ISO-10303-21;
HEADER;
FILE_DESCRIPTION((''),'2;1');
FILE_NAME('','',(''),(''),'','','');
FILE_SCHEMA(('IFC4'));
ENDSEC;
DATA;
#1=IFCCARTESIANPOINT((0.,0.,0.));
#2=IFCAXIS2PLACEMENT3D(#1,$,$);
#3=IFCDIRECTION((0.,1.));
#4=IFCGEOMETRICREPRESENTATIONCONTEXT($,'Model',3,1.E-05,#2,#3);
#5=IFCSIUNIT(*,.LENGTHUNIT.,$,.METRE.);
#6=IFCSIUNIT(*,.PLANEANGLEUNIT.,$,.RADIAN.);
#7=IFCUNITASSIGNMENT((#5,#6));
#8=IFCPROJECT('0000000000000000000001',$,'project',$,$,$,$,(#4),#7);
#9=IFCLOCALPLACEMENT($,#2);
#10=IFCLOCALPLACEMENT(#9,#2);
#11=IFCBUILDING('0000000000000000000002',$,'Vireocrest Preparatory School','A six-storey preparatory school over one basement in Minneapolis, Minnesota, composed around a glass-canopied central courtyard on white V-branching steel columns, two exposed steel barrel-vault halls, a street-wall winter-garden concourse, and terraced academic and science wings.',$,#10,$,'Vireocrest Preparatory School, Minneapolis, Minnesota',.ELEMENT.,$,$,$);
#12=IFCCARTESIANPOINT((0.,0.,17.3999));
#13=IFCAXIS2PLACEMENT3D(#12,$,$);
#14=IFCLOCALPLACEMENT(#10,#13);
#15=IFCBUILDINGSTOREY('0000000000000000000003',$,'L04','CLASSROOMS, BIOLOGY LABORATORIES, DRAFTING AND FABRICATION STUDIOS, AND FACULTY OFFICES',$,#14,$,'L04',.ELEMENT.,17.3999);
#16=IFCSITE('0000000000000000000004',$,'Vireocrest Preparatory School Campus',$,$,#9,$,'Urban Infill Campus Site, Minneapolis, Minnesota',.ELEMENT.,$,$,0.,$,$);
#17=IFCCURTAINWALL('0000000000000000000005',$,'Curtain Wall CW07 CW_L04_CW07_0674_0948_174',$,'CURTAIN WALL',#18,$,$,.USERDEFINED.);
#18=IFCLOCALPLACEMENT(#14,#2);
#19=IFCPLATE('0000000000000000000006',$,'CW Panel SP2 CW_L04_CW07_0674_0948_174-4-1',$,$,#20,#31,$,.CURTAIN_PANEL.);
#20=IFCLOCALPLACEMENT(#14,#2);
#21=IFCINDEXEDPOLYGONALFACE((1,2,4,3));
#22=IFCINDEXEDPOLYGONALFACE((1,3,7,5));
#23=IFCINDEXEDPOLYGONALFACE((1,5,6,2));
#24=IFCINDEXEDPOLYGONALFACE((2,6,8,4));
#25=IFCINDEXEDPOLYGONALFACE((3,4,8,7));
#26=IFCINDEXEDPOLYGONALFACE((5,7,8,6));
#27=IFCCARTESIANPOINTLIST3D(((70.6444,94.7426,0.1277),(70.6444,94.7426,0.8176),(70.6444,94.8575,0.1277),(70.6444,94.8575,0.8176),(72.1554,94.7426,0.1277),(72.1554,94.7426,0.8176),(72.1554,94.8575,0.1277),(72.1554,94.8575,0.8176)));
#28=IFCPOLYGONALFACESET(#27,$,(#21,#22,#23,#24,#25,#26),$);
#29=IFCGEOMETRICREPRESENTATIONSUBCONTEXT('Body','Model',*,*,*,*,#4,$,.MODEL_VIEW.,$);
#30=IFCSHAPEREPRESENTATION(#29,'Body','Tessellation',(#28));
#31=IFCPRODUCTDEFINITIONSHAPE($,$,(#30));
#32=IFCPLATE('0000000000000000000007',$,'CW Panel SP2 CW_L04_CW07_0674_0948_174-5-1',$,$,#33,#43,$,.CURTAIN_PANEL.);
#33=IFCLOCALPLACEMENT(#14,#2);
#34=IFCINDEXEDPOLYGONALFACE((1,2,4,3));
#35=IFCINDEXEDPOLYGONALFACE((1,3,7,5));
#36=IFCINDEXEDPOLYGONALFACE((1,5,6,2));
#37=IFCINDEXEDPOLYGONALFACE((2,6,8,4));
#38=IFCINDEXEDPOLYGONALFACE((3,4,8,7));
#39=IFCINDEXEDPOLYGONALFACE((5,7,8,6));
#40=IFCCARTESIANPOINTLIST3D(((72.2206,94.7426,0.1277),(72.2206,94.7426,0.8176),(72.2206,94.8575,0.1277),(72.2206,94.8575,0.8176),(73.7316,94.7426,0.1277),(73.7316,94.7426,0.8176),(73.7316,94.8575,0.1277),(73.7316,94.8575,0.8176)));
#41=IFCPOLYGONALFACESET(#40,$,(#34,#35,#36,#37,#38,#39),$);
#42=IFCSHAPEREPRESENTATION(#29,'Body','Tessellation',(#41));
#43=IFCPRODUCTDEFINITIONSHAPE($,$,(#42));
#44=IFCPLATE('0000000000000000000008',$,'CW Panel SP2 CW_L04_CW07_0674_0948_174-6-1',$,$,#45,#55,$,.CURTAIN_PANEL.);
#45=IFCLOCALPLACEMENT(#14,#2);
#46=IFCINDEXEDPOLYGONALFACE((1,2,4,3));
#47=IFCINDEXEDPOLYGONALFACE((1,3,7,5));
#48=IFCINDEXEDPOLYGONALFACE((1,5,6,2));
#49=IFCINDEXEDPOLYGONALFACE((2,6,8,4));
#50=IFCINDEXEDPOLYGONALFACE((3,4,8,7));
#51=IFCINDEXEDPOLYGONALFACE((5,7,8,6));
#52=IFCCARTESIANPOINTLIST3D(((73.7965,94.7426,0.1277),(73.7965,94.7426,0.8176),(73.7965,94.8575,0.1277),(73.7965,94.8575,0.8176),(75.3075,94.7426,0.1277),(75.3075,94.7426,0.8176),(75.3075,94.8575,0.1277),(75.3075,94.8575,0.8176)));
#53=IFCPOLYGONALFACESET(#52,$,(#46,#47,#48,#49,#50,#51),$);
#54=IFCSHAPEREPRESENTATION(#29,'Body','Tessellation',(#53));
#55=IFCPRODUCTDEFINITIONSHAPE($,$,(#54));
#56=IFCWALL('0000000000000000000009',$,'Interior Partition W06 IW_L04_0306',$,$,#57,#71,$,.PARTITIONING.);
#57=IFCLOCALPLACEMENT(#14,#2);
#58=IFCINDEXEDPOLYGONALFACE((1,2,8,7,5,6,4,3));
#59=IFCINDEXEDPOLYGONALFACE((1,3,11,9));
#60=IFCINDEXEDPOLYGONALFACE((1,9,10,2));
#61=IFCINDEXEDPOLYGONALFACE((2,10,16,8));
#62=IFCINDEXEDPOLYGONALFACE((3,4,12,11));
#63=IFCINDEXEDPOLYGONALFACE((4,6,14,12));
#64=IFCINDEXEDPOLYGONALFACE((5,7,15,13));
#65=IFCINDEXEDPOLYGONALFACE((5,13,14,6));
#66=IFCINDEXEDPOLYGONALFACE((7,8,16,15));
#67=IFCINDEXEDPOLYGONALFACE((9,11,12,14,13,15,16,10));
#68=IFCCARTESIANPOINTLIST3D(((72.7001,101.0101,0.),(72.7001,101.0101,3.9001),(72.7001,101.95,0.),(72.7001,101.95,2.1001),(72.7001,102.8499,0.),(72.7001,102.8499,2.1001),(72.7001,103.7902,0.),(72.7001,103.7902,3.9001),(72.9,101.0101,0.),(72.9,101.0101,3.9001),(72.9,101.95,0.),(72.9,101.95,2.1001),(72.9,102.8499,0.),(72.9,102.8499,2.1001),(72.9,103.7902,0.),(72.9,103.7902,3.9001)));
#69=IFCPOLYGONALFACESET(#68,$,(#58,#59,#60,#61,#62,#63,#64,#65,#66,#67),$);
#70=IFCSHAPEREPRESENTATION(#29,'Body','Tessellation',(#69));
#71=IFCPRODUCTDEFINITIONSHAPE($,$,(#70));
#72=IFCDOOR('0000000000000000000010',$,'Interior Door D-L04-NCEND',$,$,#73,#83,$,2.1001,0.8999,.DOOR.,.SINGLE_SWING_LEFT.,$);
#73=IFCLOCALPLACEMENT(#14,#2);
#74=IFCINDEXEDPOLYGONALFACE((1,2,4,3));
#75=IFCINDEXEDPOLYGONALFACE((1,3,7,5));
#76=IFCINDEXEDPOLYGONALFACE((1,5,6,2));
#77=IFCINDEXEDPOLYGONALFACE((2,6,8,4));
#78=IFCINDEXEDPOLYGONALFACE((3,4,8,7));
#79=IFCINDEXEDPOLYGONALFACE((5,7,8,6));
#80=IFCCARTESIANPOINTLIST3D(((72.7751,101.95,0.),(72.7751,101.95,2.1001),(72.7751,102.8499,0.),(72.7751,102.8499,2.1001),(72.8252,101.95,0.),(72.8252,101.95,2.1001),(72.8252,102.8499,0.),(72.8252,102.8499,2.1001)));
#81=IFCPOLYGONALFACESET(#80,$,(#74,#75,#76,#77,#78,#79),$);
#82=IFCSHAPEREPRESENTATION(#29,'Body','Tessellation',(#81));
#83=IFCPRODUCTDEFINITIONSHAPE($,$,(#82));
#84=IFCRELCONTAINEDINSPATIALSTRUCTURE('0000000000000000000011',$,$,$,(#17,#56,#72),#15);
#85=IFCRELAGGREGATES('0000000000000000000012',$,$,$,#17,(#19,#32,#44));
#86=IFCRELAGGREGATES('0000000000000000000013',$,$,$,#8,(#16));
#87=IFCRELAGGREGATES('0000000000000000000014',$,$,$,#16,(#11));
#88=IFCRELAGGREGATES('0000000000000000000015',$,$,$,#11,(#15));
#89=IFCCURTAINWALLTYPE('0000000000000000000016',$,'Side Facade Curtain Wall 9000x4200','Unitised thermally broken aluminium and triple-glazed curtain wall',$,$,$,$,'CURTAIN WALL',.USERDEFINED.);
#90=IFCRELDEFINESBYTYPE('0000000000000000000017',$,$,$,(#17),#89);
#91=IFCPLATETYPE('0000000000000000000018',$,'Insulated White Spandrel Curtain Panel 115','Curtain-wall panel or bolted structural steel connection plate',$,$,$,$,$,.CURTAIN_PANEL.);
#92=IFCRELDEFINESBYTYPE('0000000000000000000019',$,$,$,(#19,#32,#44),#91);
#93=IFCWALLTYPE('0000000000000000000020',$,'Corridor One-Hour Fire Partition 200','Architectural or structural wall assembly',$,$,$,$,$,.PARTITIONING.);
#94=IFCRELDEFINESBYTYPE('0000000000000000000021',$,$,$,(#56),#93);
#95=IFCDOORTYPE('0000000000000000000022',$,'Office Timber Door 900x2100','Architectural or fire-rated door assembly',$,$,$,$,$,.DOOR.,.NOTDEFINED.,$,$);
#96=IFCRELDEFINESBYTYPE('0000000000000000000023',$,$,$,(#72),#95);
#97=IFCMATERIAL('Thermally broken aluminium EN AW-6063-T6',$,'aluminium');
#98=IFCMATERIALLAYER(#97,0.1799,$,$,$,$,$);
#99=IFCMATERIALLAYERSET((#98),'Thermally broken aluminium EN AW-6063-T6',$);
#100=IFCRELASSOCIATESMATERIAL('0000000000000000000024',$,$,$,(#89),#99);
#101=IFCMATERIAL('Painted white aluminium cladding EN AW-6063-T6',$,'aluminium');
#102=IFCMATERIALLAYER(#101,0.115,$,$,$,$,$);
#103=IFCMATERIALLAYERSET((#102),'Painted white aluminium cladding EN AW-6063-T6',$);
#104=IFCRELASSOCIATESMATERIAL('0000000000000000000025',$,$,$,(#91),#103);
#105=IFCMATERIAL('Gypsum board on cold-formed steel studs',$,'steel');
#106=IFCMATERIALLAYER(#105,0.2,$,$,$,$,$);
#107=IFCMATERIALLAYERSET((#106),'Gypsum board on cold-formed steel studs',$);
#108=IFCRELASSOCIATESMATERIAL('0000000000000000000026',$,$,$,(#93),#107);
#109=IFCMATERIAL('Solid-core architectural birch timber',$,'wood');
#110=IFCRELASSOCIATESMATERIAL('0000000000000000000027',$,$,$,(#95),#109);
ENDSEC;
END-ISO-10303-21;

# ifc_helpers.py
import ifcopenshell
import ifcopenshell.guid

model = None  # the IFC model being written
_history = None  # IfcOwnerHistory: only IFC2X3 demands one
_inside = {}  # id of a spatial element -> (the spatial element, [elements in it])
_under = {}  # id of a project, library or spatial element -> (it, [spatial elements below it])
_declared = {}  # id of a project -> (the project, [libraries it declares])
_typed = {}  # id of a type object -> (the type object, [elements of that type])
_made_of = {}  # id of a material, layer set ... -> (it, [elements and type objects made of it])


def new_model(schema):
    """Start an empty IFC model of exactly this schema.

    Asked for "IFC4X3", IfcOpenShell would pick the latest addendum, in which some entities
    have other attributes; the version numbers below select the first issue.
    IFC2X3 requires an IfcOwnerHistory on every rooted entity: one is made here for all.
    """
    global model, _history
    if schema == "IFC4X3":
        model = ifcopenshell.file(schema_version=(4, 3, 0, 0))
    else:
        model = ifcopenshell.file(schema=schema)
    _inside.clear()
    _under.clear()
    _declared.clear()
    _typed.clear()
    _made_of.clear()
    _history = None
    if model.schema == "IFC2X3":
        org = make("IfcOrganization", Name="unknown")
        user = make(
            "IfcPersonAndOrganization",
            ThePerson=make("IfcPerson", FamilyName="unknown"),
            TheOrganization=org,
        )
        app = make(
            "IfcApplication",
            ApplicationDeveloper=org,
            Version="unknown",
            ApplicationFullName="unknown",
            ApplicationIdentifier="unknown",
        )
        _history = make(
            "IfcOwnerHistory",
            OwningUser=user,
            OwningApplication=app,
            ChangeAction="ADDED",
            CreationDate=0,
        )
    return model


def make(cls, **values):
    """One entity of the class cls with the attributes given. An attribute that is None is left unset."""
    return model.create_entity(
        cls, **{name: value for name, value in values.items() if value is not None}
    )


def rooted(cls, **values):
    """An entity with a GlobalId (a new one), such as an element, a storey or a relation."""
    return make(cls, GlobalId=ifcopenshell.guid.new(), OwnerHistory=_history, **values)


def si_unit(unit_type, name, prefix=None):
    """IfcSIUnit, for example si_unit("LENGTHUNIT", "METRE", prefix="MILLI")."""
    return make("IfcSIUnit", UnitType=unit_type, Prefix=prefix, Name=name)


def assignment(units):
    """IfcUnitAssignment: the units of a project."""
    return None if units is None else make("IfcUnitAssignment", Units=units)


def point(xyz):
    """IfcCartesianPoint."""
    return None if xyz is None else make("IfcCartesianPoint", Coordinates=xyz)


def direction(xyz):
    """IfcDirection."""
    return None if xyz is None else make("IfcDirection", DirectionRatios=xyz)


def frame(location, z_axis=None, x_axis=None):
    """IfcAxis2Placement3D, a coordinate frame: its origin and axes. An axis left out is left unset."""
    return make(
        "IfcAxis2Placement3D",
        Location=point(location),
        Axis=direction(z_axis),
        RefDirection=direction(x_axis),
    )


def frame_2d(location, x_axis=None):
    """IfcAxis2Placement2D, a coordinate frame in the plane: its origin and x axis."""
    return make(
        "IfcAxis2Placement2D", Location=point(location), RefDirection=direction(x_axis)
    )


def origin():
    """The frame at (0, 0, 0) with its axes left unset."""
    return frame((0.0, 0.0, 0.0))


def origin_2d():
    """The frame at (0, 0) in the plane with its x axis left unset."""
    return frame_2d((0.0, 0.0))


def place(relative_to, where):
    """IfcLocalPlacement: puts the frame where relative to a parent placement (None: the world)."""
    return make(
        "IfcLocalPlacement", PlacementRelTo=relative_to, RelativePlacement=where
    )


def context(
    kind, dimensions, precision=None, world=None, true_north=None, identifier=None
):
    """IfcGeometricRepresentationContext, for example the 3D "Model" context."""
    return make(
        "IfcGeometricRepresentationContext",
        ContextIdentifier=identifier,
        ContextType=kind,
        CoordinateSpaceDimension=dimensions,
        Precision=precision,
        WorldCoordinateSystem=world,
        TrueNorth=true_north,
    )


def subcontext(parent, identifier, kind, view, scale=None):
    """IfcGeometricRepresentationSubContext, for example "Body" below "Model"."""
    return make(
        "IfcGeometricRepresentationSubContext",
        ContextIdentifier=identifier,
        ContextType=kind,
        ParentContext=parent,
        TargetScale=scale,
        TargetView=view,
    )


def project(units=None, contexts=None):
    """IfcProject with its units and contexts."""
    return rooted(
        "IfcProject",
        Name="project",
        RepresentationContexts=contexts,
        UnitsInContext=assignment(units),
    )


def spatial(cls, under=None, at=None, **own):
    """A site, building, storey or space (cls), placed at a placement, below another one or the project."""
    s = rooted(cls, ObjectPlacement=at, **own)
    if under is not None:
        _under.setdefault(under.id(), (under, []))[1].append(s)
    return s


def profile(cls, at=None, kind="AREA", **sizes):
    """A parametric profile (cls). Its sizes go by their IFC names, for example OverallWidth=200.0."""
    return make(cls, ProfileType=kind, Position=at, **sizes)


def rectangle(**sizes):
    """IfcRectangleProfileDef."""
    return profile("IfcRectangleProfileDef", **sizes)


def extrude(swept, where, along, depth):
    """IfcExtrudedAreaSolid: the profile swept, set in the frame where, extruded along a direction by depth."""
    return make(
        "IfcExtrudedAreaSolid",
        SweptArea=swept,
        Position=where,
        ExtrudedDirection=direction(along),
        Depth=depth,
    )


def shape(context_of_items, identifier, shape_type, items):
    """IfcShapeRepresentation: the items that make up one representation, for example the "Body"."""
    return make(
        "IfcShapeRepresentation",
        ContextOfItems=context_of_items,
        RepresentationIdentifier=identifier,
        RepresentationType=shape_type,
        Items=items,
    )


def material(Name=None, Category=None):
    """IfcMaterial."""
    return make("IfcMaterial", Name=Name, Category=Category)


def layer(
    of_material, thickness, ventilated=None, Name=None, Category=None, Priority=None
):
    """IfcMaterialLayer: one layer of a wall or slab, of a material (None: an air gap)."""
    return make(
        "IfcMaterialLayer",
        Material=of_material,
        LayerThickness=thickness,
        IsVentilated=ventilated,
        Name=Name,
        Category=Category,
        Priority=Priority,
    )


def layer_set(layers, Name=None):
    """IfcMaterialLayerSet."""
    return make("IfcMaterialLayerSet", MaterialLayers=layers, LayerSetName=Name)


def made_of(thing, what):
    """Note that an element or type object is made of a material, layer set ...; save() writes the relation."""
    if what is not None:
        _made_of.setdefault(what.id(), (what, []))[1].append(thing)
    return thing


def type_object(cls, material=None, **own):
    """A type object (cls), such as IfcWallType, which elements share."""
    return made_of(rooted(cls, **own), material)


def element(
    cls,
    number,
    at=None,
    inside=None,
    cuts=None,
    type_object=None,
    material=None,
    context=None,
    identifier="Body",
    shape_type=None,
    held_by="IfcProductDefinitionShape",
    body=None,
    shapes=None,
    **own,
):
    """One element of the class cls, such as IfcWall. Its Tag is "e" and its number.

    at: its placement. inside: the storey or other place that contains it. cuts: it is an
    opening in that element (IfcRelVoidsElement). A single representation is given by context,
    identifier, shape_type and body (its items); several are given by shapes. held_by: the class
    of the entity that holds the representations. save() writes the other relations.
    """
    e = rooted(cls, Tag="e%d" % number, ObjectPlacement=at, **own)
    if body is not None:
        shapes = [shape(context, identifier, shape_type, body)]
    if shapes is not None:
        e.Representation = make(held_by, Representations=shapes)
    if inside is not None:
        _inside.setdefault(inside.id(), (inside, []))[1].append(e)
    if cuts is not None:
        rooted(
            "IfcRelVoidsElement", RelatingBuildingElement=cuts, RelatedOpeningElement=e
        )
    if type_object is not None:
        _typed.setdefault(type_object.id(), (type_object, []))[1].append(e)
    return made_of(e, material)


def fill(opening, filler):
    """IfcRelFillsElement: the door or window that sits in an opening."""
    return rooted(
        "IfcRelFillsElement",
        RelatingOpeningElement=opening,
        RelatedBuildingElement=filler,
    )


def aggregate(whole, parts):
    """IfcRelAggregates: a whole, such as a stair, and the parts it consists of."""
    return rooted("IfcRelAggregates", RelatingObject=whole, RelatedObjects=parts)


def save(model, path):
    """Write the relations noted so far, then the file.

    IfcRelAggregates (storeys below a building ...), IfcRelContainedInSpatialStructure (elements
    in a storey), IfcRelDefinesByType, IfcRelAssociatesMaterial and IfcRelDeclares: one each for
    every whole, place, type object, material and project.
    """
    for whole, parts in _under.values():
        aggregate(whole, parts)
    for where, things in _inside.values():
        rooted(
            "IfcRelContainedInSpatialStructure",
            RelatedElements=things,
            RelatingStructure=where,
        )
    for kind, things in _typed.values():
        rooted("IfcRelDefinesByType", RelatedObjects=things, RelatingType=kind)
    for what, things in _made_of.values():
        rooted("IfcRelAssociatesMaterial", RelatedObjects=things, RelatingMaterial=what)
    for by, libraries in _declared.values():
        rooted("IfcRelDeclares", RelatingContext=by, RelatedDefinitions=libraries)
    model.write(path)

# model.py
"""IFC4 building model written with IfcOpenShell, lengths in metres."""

from ifc_helpers import new_model, si_unit, direction, frame, frame_2d, origin, origin_2d, place, context, subcontext, project, spatial, rectangle, extrude, material, layer, layer_set, type_object, element, fill, aggregate, save


model = new_model("IFC4")

# Units and contexts
model_context = context("Model", 3, precision=1e-05, world=origin(), true_north=direction((0.0, 1.0)))
body_context = subcontext(model_context, "Body", "Model", "MODEL_VIEW")
ifc_project = project(units=[si_unit("LENGTHUNIT", "METRE"), si_unit("PLANEANGLEUNIT", "RADIAN")], contexts=[model_context])

# Site, building, storey
site_placement = place(None, origin())
site = spatial("IfcSite", under=ifc_project, at=site_placement, Name="Vireocrest Preparatory School Campus", LongName="Urban Infill Campus Site, Minneapolis, Minnesota", CompositionType="ELEMENT", RefElevation=0.0)
building_placement = place(site_placement, origin())
building = spatial("IfcBuilding", under=site, at=building_placement, Name="Vireocrest Preparatory School", Description="A six-storey preparatory school over one basement in Minneapolis, Minnesota, composed around a glass-canopied central courtyard on white V-branching steel columns, two exposed steel barrel-vault halls, a street-wall winter-garden concourse, and terraced academic and science wings.", LongName="Vireocrest Preparatory School, Minneapolis, Minnesota", CompositionType="ELEMENT")
storey_placement = place(building_placement, frame((0.0, 0.0, 17.3999)))
storey = spatial("IfcBuildingStorey", under=building, at=storey_placement, Name="L04", Description="CLASSROOMS, BIOLOGY LABORATORIES, DRAFTING AND FABRICATION STUDIOS, AND FACULTY OFFICES", LongName="L04", CompositionType="ELEMENT", Elevation=17.3999)

# Curtain wall, plates
ifc_material_1 = material(Name="Thermally broken aluminium EN AW-6063-T6", Category="aluminium")
ifc_layer_1 = layer(ifc_material_1, 0.1799)
ifc_layer_set_1 = layer_set([ifc_layer_1], Name="Thermally broken aluminium EN AW-6063-T6")
curtain_wall_type = type_object("IfcCurtainWallType", Name="Side Facade Curtain Wall 9000x4200", Description="Unitised thermally broken aluminium and triple-glazed curtain wall", ElementType="CURTAIN WALL", PredefinedType="USERDEFINED", material=ifc_layer_set_1)
curtain_wall_placement = place(storey_placement, origin())
curtain_wall = element("IfcCurtainWall", 1, at=curtain_wall_placement, inside=storey, type_object=curtain_wall_type, Name="Curtain Wall CW07 CW_L04_CW07_0674_0948_174", ObjectType="CURTAIN WALL", PredefinedType="USERDEFINED")
ifc_material_2 = material(Name="Painted white aluminium cladding EN AW-6063-T6", Category="aluminium")
ifc_layer_2 = layer(ifc_material_2, 0.115)
ifc_layer_set_2 = layer_set([ifc_layer_2], Name="Painted white aluminium cladding EN AW-6063-T6")
plate_type_1 = type_object("IfcPlateType", Name="Insulated White Spandrel Curtain Panel 115", Description="Curtain-wall panel or bolted structural steel connection plate", PredefinedType="CURTAIN_PANEL", material=ifc_layer_set_2)
plate_1_placement = place(storey_placement, frame((71.3999, 94.8, 0.1277), z_axis=(0.0, 0.0, 1.0), x_axis=(1.0, 0.0, 0.0)))
plate_1 = element("IfcPlate", 2, at=plate_1_placement, type_object=plate_type_1, Name="CW Panel SP2 CW_L04_CW07_0674_0948_174-4-1", PredefinedType="CURTAIN_PANEL", context=body_context, shape_type="SweptSolid", body=[
    extrude(rectangle(XDim=1.511, YDim=0.115, at=origin_2d()), origin(), (0.0, 0.0, 1.0), 0.6899),
])
plate_2_placement = place(storey_placement, frame((72.9761, 94.8, 0.1277), z_axis=(0.0, 0.0, 1.0), x_axis=(1.0, 0.0, 0.0)))
plate_2 = element("IfcPlate", 3, at=plate_2_placement, type_object=plate_type_1, Name="CW Panel SP2 CW_L04_CW07_0674_0948_174-5-1", PredefinedType="CURTAIN_PANEL", context=body_context, shape_type="SweptSolid", body=[
    extrude(rectangle(XDim=1.511, YDim=0.115, at=origin_2d()), origin(), (0.0, 0.0, 1.0), 0.6899),
])
plate_3_placement = place(storey_placement, frame((74.552, 94.8, 0.1277), z_axis=(0.0, 0.0, 1.0), x_axis=(1.0, 0.0, 0.0)))
plate_3 = element("IfcPlate", 4, at=plate_3_placement, type_object=plate_type_1, Name="CW Panel SP2 CW_L04_CW07_0674_0948_174-6-1", PredefinedType="CURTAIN_PANEL", context=body_context, shape_type="SweptSolid", body=[
    extrude(rectangle(XDim=1.511, YDim=0.115, at=origin_2d()), origin(), (0.0, 0.0, 1.0), 0.6899),
])
aggregate(curtain_wall, [plate_1, plate_2, plate_3])

# Wall, opening, door
ifc_material_3 = material(Name="Gypsum board on cold-formed steel studs", Category="steel")
ifc_layer_3 = layer(ifc_material_3, 0.2)
ifc_layer_set_3 = layer_set([ifc_layer_3], Name="Gypsum board on cold-formed steel studs")
wall_type = type_object("IfcWallType", Name="Corridor One-Hour Fire Partition 200", Description="Architectural or structural wall assembly", PredefinedType="PARTITIONING", material=ifc_layer_set_3)
wall_placement = place(storey_placement, frame((72.8, 101.01, 0.0), z_axis=(0.0, 0.0, 1.0), x_axis=(0.0, 1.0, 0.0)))
wall = element("IfcWall", 5, at=wall_placement, inside=storey, type_object=wall_type, Name="Interior Partition W06 IW_L04_0306", PredefinedType="PARTITIONING", context=body_context, shape_type="SweptSolid", body=[
    extrude(rectangle(XDim=2.78, YDim=0.2, at=frame_2d((1.3901, 0.0))), origin(), (0.0, 0.0, 1.0), 3.9001),
])
opening_placement = place(wall_placement, frame((0.9399, 0.0, 0.0)))
opening = element("IfcOpeningElement", 6, at=opening_placement, cuts=wall, PredefinedType="OPENING", context=body_context, shape_type="SweptSolid", body=[
    extrude(rectangle(XDim=0.8999, YDim=2.1001, at=frame_2d((0.45, 1.05))), frame((0.0, 0.1099, 0.0), z_axis=(0.0, -1.0, 0.0), x_axis=(1.0, 0.0, 0.0)), (0.0, 0.0, 1.0), 0.22),
])
ifc_material_4 = material(Name="Solid-core architectural birch timber", Category="wood")
door_type = type_object("IfcDoorType", Name="Office Timber Door 900x2100", Description="Architectural or fire-rated door assembly", OperationType="NOTDEFINED", PredefinedType="DOOR", material=ifc_material_4)
door_placement = place(opening_placement, origin())
door = element("IfcDoor", 7, at=door_placement, inside=storey, type_object=door_type, Name="Interior Door D-L04-NCEND", OperationType="SINGLE_SWING_LEFT", OverallHeight=2.1001, OverallWidth=0.8999, PredefinedType="DOOR", context=body_context, shape_type="SweptSolid", body=[
    extrude(rectangle(XDim=0.8999, YDim=2.1001, at=frame_2d((0.45, 1.05))), frame((0.0, 0.0249, 0.0), z_axis=(0.0, -1.0, 0.0), x_axis=(1.0, 0.0, 0.0)), (0.0, 0.0, 1.0), 0.05),
])
fill(opening, door)

save(model, "model.ifc")
